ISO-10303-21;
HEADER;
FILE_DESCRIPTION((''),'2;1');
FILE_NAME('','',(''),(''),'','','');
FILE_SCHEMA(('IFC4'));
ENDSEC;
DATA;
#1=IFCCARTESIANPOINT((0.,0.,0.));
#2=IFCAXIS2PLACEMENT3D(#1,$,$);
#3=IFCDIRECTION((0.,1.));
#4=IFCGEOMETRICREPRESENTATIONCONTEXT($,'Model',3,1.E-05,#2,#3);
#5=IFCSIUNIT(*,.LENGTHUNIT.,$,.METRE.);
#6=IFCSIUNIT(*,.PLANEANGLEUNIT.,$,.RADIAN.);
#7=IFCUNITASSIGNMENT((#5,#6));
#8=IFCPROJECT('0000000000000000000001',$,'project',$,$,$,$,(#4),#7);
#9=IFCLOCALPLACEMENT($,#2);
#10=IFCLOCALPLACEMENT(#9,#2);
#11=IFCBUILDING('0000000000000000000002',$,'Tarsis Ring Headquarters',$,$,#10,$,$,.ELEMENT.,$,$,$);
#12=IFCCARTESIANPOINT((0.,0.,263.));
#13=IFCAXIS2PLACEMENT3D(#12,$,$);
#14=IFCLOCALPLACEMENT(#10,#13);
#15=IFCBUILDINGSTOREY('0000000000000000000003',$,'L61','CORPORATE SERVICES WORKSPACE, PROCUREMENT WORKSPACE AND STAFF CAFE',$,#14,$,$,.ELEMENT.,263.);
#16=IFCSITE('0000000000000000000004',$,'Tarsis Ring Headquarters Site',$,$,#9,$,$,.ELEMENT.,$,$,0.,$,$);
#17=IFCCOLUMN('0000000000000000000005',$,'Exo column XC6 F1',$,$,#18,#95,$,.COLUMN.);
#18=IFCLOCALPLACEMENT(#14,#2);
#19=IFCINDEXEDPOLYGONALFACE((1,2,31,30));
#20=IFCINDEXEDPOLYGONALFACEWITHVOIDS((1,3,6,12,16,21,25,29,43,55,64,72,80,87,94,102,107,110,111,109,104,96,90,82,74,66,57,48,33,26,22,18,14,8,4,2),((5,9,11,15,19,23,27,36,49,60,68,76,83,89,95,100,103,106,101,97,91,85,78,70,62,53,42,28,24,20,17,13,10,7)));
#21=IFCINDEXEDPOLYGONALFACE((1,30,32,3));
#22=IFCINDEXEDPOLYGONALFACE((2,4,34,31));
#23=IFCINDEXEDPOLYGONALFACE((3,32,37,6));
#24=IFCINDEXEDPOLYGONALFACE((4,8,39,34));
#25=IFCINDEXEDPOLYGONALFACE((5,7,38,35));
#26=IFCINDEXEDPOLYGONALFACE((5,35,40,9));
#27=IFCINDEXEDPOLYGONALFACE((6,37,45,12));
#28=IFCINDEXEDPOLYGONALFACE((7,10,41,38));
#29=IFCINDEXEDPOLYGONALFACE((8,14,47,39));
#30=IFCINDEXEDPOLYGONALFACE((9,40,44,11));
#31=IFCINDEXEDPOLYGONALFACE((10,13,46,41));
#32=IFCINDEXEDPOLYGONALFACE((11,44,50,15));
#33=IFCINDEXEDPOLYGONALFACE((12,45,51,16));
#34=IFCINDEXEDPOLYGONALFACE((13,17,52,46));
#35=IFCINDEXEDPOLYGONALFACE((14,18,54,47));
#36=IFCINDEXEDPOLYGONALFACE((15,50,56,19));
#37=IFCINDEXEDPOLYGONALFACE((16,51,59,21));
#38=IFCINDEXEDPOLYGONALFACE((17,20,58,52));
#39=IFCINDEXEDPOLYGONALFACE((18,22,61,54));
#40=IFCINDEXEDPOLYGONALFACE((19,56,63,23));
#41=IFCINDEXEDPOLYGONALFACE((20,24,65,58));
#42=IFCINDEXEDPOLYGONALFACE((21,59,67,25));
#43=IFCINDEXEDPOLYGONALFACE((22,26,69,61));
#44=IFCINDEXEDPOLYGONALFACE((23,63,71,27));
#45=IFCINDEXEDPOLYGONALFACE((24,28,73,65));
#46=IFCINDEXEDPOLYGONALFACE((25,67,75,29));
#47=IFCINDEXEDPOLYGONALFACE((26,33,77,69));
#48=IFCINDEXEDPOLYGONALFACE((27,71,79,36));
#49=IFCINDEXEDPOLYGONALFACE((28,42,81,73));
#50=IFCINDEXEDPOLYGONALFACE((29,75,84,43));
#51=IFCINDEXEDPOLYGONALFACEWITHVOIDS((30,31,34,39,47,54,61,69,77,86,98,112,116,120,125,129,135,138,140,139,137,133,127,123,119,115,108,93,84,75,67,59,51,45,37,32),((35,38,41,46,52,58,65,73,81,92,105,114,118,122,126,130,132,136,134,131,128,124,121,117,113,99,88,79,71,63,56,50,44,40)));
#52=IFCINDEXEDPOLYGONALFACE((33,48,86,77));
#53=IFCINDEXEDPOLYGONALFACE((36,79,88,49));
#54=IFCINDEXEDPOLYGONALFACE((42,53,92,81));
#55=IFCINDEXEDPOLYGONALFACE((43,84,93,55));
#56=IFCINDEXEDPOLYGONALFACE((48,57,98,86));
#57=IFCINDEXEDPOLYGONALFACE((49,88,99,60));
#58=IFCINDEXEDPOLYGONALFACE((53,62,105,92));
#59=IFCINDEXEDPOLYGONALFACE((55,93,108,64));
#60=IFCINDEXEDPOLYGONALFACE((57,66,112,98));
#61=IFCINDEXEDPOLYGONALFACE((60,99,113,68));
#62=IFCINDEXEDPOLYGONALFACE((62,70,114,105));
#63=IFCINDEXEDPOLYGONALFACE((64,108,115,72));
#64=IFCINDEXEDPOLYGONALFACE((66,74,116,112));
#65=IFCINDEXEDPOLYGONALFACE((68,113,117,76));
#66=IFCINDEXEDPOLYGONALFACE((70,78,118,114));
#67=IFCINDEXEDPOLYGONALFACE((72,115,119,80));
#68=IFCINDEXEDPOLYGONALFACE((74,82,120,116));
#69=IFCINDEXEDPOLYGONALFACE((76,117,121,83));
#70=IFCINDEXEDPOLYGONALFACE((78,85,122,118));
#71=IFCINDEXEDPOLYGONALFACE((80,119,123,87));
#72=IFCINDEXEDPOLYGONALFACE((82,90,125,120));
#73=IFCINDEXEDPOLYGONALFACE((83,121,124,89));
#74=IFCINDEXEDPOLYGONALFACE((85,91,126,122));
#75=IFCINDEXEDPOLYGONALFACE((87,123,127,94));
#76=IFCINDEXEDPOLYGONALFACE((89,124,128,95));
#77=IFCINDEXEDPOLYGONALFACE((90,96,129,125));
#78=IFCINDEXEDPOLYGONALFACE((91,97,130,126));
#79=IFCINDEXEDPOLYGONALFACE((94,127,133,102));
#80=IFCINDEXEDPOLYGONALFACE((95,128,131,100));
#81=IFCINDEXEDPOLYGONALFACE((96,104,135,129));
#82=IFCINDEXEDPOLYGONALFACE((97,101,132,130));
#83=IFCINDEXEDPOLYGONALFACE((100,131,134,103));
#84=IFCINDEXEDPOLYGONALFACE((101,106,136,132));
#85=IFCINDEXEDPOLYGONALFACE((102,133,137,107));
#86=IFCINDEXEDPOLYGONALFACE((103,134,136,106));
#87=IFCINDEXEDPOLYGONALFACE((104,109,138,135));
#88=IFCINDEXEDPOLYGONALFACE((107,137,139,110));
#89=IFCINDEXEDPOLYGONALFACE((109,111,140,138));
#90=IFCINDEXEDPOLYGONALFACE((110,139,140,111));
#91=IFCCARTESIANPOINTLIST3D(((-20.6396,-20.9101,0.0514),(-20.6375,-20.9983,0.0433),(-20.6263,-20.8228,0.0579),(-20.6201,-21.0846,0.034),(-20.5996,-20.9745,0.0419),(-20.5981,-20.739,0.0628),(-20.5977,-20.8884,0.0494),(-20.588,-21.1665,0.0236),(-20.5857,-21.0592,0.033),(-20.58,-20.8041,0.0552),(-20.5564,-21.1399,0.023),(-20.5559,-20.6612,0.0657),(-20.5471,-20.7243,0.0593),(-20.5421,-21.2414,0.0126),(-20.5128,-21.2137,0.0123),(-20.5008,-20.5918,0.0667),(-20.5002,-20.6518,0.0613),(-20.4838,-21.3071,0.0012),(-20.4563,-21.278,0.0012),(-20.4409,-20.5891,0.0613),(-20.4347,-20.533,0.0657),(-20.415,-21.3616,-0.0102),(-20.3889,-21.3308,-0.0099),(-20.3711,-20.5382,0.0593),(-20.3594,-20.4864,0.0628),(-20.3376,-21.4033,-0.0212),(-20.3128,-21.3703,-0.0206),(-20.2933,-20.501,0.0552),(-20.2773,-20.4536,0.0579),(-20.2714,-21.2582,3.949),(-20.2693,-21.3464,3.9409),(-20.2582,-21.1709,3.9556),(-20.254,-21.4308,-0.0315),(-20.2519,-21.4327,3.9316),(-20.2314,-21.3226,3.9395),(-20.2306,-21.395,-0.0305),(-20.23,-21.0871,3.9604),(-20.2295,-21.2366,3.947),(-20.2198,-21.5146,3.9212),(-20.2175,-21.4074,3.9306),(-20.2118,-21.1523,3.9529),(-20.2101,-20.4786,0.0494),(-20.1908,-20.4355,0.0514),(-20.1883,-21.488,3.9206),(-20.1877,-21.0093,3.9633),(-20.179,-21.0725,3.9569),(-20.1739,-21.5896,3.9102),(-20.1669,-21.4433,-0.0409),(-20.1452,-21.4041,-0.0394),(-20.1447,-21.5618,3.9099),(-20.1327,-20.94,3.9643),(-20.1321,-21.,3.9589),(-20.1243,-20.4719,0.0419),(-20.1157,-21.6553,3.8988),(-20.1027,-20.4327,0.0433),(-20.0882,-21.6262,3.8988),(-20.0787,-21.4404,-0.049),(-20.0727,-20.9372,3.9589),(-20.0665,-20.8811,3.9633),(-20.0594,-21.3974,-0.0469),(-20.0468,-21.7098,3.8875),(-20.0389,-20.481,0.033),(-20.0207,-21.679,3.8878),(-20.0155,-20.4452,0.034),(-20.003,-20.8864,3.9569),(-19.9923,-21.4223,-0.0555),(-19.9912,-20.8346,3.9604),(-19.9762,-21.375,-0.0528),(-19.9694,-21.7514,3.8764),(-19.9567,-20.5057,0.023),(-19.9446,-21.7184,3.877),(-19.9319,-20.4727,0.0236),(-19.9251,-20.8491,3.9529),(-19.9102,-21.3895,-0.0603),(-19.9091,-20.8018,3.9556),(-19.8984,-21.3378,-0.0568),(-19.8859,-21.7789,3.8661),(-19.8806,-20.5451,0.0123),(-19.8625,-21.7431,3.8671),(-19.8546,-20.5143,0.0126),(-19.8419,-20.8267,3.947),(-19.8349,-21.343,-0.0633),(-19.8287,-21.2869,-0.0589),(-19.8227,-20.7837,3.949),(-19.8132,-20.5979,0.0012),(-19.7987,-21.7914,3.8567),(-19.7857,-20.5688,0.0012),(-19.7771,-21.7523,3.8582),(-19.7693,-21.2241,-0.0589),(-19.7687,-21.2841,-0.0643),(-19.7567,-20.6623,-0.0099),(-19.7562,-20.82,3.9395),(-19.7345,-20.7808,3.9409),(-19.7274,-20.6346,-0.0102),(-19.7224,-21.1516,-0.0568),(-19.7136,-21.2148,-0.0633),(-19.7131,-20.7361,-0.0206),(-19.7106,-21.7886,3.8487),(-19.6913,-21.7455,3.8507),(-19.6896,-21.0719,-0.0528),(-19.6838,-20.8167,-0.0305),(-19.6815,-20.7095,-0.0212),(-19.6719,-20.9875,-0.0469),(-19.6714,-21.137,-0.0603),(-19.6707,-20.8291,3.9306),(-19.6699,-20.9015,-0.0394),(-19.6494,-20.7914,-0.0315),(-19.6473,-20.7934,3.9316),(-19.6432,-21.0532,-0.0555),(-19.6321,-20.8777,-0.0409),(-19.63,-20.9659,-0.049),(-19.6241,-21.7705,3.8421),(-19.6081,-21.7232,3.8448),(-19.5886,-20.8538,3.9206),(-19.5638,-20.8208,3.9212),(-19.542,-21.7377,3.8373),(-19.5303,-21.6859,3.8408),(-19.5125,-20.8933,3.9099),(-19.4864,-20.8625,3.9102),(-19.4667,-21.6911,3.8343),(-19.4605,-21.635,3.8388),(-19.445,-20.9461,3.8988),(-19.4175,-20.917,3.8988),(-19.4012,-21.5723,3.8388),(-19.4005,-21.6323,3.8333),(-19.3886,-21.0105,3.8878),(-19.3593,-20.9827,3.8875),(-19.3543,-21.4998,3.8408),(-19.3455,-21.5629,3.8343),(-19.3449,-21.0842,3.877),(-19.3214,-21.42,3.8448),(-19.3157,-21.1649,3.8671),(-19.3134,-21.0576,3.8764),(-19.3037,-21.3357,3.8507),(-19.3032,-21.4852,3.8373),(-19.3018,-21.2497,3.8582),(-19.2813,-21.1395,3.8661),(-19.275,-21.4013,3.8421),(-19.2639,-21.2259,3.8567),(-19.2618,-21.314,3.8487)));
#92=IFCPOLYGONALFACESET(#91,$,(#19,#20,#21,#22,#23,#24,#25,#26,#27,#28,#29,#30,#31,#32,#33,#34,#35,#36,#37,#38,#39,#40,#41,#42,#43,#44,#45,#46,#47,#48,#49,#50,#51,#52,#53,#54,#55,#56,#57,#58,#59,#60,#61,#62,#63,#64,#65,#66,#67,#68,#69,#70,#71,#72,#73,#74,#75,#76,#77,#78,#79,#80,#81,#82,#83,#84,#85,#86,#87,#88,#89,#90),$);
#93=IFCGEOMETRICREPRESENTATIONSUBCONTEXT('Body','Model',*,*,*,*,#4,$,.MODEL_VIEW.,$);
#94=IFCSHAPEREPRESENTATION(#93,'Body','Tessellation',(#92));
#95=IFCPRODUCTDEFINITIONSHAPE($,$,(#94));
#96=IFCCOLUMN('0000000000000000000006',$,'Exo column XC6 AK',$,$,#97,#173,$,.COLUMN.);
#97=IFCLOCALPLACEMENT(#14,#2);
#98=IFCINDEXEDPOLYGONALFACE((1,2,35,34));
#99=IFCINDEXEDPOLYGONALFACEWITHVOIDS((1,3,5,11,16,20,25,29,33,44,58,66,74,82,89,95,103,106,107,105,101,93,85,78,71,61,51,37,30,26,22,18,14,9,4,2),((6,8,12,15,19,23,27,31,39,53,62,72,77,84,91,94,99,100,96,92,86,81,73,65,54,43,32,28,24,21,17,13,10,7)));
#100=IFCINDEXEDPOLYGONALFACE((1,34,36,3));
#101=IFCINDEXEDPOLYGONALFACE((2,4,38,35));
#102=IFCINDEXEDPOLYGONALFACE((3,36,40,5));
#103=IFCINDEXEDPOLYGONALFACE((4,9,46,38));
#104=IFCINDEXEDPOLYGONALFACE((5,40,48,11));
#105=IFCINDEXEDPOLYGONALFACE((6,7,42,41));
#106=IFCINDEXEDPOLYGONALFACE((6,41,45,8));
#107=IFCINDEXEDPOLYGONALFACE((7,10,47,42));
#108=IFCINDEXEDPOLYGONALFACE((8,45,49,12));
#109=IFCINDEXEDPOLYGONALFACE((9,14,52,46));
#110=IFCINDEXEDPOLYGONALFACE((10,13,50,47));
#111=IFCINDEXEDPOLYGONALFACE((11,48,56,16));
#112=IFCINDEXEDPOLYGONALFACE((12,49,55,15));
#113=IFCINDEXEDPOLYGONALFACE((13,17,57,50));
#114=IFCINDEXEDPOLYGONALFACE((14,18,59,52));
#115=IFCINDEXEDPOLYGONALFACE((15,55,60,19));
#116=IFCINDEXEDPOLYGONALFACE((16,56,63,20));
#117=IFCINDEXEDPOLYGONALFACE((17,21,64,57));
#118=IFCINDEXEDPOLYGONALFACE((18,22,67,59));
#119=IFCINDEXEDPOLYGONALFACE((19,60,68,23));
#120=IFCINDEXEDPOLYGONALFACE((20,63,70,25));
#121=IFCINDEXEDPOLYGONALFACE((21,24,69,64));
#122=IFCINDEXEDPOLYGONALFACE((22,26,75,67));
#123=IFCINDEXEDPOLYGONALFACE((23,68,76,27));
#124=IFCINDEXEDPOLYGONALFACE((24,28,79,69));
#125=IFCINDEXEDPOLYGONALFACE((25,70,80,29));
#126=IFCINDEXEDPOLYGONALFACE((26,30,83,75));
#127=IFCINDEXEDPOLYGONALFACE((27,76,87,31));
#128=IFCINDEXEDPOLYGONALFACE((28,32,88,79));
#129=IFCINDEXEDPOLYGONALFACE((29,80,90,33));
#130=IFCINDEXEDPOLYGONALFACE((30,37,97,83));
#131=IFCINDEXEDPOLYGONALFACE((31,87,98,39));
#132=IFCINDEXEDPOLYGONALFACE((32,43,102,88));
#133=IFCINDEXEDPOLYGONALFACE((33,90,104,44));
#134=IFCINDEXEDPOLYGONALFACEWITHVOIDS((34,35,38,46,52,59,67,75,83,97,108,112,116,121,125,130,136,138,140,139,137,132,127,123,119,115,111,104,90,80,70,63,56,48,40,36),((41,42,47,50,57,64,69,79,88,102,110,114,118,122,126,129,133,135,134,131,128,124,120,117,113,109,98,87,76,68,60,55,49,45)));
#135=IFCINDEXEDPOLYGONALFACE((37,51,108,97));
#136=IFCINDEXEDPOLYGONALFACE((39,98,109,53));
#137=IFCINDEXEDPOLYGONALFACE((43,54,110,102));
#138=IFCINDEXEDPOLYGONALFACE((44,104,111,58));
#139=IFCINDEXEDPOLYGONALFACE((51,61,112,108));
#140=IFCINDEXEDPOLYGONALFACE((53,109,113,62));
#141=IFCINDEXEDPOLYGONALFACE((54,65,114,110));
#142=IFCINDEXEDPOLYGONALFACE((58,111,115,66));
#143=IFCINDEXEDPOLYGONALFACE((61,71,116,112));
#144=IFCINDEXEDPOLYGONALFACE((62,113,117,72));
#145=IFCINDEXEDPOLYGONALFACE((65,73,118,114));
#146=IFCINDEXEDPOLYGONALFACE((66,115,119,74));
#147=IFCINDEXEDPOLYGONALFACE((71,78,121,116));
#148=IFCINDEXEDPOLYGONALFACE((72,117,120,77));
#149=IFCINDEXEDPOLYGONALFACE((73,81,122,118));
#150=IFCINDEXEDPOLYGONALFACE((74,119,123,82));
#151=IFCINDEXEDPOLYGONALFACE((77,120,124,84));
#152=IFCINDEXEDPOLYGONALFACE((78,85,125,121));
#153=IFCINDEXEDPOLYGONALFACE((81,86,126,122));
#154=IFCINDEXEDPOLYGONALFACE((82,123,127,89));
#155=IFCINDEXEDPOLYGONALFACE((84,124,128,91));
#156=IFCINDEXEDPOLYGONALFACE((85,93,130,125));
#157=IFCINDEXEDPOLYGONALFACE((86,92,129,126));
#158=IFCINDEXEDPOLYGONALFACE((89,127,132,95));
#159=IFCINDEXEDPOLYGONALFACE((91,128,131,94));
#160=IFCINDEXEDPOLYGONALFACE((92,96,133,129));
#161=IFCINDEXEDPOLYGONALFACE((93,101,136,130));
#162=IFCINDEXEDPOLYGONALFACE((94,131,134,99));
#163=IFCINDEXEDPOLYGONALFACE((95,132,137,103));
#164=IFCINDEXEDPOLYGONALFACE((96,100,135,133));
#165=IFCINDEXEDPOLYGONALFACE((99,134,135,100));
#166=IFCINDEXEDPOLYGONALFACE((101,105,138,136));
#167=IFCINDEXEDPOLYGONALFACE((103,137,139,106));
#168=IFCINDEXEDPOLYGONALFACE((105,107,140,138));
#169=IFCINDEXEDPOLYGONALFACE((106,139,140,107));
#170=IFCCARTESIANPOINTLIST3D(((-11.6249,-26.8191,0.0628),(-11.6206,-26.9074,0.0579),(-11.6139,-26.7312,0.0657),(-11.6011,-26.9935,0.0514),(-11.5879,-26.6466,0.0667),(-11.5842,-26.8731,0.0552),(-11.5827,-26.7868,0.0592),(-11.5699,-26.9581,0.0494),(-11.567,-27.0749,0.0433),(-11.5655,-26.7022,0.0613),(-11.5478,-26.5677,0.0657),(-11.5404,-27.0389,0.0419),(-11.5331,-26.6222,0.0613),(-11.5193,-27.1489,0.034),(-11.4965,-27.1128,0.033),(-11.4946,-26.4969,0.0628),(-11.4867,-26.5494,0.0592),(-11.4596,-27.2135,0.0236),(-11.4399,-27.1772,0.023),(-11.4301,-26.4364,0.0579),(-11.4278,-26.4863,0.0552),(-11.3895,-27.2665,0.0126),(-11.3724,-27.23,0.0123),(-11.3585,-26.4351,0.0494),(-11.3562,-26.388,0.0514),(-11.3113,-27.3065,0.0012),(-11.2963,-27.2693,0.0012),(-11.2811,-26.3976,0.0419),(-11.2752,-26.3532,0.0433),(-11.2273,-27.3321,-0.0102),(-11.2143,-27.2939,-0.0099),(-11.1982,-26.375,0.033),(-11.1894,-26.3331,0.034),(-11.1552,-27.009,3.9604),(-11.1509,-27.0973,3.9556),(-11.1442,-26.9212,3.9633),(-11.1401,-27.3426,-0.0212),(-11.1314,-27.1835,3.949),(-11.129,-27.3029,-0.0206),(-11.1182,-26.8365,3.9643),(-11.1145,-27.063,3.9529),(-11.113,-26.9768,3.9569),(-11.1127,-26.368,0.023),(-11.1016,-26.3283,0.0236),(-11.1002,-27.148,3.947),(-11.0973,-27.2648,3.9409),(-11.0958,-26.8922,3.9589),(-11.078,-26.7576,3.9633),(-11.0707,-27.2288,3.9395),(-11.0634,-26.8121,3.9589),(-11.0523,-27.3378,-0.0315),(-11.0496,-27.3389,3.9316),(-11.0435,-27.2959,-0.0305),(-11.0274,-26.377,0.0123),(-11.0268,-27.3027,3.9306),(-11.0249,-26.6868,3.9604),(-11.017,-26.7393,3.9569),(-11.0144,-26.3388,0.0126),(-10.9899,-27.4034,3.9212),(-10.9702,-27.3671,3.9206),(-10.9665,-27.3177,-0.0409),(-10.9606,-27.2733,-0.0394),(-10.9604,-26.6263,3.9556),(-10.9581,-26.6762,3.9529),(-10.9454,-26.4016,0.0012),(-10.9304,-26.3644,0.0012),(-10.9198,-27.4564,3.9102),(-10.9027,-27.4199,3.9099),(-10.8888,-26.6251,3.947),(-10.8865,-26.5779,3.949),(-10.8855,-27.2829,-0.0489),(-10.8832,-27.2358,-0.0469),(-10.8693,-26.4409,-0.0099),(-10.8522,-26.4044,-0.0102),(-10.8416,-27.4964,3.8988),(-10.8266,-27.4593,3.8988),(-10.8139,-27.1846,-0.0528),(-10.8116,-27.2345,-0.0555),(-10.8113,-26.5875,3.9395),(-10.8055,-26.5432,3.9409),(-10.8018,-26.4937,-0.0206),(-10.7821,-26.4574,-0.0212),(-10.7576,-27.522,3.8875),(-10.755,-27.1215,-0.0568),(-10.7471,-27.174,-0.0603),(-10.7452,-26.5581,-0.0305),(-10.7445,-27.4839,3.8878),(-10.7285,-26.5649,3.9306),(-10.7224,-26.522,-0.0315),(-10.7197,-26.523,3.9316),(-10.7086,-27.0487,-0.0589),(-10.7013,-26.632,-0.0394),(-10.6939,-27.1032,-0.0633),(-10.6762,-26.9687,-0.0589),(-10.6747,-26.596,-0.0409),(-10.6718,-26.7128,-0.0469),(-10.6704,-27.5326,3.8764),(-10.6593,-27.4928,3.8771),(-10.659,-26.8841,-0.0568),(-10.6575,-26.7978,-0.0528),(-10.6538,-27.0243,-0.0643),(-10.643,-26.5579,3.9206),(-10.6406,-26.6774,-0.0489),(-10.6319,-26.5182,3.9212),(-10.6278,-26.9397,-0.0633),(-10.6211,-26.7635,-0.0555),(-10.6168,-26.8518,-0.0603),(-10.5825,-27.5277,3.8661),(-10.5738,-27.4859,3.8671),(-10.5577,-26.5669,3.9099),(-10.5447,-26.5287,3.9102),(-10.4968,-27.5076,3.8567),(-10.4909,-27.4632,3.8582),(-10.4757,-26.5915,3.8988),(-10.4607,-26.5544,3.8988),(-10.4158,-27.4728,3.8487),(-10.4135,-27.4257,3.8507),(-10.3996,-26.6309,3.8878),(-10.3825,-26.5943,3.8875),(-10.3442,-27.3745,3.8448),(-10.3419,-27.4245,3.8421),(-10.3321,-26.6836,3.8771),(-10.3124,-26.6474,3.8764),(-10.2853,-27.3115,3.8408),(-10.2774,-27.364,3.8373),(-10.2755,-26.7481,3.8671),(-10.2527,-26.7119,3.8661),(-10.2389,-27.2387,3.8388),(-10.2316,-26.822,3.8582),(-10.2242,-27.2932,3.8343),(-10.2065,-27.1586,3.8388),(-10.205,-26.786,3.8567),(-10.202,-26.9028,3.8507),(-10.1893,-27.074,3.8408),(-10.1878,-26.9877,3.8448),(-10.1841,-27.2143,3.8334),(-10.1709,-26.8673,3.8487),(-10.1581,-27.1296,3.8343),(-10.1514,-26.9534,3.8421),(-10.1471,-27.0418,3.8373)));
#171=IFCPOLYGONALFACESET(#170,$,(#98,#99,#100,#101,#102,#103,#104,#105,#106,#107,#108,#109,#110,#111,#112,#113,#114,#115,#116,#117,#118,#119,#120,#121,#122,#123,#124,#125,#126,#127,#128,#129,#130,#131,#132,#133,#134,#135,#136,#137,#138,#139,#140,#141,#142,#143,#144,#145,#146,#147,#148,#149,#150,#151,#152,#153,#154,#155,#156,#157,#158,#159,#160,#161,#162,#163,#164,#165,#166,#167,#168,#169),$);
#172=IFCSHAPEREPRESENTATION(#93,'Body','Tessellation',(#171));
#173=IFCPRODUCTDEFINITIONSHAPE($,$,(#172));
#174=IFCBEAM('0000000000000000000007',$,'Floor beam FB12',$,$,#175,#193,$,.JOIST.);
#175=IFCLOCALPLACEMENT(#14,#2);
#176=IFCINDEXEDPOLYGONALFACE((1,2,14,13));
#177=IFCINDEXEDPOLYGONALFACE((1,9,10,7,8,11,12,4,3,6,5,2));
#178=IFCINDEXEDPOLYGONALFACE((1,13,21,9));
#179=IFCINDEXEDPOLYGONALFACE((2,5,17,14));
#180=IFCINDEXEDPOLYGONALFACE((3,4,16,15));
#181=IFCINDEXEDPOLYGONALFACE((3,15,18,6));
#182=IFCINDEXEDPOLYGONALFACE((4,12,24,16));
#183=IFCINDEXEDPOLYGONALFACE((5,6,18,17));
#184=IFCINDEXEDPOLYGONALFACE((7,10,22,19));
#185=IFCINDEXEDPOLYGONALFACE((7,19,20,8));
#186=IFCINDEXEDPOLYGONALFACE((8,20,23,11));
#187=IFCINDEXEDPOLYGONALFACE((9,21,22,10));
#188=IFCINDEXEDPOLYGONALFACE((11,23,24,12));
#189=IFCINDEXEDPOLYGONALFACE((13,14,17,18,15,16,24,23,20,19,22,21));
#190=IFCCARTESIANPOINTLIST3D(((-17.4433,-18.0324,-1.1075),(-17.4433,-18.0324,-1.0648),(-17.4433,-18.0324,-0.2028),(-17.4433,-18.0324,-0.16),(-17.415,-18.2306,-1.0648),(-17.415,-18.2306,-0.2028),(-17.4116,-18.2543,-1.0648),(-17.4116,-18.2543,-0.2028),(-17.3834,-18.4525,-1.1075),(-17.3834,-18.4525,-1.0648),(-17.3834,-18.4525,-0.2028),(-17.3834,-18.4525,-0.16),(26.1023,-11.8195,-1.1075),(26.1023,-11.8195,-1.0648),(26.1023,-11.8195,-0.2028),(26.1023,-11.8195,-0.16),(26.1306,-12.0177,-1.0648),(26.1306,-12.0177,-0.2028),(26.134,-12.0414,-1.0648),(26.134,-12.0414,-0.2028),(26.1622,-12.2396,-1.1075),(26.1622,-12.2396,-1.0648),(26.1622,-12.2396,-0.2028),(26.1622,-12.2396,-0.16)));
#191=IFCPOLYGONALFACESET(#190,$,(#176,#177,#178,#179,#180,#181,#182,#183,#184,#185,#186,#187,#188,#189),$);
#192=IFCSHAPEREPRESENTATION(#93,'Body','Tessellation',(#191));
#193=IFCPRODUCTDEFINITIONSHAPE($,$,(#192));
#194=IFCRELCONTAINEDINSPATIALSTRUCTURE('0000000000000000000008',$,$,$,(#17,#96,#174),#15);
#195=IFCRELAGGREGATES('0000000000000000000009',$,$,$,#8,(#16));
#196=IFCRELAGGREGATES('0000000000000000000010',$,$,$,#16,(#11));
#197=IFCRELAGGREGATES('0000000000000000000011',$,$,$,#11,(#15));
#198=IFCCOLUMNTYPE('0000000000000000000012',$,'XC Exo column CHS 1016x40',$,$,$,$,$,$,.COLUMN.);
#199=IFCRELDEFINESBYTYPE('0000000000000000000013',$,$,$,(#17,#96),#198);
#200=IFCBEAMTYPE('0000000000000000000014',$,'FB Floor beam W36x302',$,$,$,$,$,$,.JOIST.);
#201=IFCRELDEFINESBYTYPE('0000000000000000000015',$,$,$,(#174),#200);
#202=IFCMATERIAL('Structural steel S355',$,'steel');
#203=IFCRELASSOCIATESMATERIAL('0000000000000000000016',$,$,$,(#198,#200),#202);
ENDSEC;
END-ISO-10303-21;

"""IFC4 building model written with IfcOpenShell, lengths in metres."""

from ifc_helpers import new_model, si_unit, direction, frame, origin, origin_2d, place, context, subcontext, project, spatial, hollow_circle, i_section, extrude, material, material_profile, profile_set, type_object, element, save


model = new_model("IFC4")

# Units and contexts
model_context = context("Model", 3, precision=1e-05, world=origin(), true_north=direction((0.0, 1.0)))
body_context = subcontext(model_context, "Body", "Model", "MODEL_VIEW")
ifc_project = project(units=[si_unit("LENGTHUNIT", "METRE"), si_unit("PLANEANGLEUNIT", "RADIAN")], contexts=[model_context])

# Site, building, storey
site_placement = place(None, origin())
site = spatial("IfcSite", under=ifc_project, at=site_placement, Name="Tarsis Ring Headquarters Site", CompositionType="ELEMENT", RefElevation=0.0)
building_placement = place(site_placement, origin())
building = spatial("IfcBuilding", under=site, at=building_placement, Name="Tarsis Ring Headquarters", CompositionType="ELEMENT")
storey_placement = place(building_placement, frame((0.0, 0.0, 263.0)))
storey = spatial("IfcBuildingStorey", under=building, at=storey_placement, Name="L61", Description="CORPORATE SERVICES WORKSPACE, PROCUREMENT WORKSPACE AND STAFF CAFE", CompositionType="ELEMENT", Elevation=263.0)

# Columns
ifc_material_1 = material(Name="Structural steel S355", Category="steel")
ifc_material_profile_1 = material_profile(ifc_material_1, hollow_circle(Radius=0.5081, WallThickness=0.04, at=origin_2d()), Name="CHS 1016x40")
ifc_profile_set_1 = profile_set([ifc_material_profile_1], Name="Structural steel S355")
column_type = type_object("IfcColumnType", Name="XC Exo column CHS 1016x40", PredefinedType="COLUMN", material=ifc_profile_set_1)
for number, where, z_axis, x_axis, name in (
    (1, (-20.1348, -20.938, 0.0012), (0.093668, -0.088575, 0.991656), (0.687076, 0.726585, 0.0), "Exo column XC6 F1"),
    (2, (-11.1208, -26.8354, 0.0012), (0.119508, -0.048325, 0.991656), (0.374877, 0.927074, 0.0), "Exo column XC6 AK"),
):
    element("IfcColumn", number, at=place(storey_placement, frame(where, z_axis=z_axis, x_axis=x_axis)), inside=storey, type_object=column_type, Name=name, PredefinedType="COLUMN", context=body_context, shape_type="SweptSolid", body=[
        extrude(hollow_circle(Radius=0.5081, WallThickness=0.04, at=origin_2d()), origin(), (0.0, 0.0, 1.0), 3.9304),
    ])

# Beam
ifc_material_profile_2 = material_profile(ifc_material_1, i_section(OverallWidth=0.4243, OverallDepth=0.9475, WebThickness=0.0239, FlangeThickness=0.0427, at=origin_2d()), Name="W36x302")
ifc_profile_set_2 = profile_set([ifc_material_profile_2], Name="Structural steel S355")
beam_type_1 = type_object("IfcBeamType", Name="FB Floor beam W36x302", PredefinedType="JOIST", material=ifc_profile_set_2)
beam_1_placement = place(storey_placement, frame((-17.4133, -18.2424, -0.6338), z_axis=(0.989975, 0.141245, 0.0), x_axis=(-0.141245, 0.989975, 0.0)))
element("IfcBeam", 3, at=beam_1_placement, inside=storey, type_object=beam_type_1, Name="Floor beam FB12", PredefinedType="JOIST", context=body_context, shape_type="SweptSolid", body=[
    extrude(i_section(OverallWidth=0.4243, OverallDepth=0.9475, WebThickness=0.0239, FlangeThickness=0.0427, at=origin_2d()), origin(), (0.0, 0.0, 1.0), 43.9866),
])

save(model, "model.ifc")
